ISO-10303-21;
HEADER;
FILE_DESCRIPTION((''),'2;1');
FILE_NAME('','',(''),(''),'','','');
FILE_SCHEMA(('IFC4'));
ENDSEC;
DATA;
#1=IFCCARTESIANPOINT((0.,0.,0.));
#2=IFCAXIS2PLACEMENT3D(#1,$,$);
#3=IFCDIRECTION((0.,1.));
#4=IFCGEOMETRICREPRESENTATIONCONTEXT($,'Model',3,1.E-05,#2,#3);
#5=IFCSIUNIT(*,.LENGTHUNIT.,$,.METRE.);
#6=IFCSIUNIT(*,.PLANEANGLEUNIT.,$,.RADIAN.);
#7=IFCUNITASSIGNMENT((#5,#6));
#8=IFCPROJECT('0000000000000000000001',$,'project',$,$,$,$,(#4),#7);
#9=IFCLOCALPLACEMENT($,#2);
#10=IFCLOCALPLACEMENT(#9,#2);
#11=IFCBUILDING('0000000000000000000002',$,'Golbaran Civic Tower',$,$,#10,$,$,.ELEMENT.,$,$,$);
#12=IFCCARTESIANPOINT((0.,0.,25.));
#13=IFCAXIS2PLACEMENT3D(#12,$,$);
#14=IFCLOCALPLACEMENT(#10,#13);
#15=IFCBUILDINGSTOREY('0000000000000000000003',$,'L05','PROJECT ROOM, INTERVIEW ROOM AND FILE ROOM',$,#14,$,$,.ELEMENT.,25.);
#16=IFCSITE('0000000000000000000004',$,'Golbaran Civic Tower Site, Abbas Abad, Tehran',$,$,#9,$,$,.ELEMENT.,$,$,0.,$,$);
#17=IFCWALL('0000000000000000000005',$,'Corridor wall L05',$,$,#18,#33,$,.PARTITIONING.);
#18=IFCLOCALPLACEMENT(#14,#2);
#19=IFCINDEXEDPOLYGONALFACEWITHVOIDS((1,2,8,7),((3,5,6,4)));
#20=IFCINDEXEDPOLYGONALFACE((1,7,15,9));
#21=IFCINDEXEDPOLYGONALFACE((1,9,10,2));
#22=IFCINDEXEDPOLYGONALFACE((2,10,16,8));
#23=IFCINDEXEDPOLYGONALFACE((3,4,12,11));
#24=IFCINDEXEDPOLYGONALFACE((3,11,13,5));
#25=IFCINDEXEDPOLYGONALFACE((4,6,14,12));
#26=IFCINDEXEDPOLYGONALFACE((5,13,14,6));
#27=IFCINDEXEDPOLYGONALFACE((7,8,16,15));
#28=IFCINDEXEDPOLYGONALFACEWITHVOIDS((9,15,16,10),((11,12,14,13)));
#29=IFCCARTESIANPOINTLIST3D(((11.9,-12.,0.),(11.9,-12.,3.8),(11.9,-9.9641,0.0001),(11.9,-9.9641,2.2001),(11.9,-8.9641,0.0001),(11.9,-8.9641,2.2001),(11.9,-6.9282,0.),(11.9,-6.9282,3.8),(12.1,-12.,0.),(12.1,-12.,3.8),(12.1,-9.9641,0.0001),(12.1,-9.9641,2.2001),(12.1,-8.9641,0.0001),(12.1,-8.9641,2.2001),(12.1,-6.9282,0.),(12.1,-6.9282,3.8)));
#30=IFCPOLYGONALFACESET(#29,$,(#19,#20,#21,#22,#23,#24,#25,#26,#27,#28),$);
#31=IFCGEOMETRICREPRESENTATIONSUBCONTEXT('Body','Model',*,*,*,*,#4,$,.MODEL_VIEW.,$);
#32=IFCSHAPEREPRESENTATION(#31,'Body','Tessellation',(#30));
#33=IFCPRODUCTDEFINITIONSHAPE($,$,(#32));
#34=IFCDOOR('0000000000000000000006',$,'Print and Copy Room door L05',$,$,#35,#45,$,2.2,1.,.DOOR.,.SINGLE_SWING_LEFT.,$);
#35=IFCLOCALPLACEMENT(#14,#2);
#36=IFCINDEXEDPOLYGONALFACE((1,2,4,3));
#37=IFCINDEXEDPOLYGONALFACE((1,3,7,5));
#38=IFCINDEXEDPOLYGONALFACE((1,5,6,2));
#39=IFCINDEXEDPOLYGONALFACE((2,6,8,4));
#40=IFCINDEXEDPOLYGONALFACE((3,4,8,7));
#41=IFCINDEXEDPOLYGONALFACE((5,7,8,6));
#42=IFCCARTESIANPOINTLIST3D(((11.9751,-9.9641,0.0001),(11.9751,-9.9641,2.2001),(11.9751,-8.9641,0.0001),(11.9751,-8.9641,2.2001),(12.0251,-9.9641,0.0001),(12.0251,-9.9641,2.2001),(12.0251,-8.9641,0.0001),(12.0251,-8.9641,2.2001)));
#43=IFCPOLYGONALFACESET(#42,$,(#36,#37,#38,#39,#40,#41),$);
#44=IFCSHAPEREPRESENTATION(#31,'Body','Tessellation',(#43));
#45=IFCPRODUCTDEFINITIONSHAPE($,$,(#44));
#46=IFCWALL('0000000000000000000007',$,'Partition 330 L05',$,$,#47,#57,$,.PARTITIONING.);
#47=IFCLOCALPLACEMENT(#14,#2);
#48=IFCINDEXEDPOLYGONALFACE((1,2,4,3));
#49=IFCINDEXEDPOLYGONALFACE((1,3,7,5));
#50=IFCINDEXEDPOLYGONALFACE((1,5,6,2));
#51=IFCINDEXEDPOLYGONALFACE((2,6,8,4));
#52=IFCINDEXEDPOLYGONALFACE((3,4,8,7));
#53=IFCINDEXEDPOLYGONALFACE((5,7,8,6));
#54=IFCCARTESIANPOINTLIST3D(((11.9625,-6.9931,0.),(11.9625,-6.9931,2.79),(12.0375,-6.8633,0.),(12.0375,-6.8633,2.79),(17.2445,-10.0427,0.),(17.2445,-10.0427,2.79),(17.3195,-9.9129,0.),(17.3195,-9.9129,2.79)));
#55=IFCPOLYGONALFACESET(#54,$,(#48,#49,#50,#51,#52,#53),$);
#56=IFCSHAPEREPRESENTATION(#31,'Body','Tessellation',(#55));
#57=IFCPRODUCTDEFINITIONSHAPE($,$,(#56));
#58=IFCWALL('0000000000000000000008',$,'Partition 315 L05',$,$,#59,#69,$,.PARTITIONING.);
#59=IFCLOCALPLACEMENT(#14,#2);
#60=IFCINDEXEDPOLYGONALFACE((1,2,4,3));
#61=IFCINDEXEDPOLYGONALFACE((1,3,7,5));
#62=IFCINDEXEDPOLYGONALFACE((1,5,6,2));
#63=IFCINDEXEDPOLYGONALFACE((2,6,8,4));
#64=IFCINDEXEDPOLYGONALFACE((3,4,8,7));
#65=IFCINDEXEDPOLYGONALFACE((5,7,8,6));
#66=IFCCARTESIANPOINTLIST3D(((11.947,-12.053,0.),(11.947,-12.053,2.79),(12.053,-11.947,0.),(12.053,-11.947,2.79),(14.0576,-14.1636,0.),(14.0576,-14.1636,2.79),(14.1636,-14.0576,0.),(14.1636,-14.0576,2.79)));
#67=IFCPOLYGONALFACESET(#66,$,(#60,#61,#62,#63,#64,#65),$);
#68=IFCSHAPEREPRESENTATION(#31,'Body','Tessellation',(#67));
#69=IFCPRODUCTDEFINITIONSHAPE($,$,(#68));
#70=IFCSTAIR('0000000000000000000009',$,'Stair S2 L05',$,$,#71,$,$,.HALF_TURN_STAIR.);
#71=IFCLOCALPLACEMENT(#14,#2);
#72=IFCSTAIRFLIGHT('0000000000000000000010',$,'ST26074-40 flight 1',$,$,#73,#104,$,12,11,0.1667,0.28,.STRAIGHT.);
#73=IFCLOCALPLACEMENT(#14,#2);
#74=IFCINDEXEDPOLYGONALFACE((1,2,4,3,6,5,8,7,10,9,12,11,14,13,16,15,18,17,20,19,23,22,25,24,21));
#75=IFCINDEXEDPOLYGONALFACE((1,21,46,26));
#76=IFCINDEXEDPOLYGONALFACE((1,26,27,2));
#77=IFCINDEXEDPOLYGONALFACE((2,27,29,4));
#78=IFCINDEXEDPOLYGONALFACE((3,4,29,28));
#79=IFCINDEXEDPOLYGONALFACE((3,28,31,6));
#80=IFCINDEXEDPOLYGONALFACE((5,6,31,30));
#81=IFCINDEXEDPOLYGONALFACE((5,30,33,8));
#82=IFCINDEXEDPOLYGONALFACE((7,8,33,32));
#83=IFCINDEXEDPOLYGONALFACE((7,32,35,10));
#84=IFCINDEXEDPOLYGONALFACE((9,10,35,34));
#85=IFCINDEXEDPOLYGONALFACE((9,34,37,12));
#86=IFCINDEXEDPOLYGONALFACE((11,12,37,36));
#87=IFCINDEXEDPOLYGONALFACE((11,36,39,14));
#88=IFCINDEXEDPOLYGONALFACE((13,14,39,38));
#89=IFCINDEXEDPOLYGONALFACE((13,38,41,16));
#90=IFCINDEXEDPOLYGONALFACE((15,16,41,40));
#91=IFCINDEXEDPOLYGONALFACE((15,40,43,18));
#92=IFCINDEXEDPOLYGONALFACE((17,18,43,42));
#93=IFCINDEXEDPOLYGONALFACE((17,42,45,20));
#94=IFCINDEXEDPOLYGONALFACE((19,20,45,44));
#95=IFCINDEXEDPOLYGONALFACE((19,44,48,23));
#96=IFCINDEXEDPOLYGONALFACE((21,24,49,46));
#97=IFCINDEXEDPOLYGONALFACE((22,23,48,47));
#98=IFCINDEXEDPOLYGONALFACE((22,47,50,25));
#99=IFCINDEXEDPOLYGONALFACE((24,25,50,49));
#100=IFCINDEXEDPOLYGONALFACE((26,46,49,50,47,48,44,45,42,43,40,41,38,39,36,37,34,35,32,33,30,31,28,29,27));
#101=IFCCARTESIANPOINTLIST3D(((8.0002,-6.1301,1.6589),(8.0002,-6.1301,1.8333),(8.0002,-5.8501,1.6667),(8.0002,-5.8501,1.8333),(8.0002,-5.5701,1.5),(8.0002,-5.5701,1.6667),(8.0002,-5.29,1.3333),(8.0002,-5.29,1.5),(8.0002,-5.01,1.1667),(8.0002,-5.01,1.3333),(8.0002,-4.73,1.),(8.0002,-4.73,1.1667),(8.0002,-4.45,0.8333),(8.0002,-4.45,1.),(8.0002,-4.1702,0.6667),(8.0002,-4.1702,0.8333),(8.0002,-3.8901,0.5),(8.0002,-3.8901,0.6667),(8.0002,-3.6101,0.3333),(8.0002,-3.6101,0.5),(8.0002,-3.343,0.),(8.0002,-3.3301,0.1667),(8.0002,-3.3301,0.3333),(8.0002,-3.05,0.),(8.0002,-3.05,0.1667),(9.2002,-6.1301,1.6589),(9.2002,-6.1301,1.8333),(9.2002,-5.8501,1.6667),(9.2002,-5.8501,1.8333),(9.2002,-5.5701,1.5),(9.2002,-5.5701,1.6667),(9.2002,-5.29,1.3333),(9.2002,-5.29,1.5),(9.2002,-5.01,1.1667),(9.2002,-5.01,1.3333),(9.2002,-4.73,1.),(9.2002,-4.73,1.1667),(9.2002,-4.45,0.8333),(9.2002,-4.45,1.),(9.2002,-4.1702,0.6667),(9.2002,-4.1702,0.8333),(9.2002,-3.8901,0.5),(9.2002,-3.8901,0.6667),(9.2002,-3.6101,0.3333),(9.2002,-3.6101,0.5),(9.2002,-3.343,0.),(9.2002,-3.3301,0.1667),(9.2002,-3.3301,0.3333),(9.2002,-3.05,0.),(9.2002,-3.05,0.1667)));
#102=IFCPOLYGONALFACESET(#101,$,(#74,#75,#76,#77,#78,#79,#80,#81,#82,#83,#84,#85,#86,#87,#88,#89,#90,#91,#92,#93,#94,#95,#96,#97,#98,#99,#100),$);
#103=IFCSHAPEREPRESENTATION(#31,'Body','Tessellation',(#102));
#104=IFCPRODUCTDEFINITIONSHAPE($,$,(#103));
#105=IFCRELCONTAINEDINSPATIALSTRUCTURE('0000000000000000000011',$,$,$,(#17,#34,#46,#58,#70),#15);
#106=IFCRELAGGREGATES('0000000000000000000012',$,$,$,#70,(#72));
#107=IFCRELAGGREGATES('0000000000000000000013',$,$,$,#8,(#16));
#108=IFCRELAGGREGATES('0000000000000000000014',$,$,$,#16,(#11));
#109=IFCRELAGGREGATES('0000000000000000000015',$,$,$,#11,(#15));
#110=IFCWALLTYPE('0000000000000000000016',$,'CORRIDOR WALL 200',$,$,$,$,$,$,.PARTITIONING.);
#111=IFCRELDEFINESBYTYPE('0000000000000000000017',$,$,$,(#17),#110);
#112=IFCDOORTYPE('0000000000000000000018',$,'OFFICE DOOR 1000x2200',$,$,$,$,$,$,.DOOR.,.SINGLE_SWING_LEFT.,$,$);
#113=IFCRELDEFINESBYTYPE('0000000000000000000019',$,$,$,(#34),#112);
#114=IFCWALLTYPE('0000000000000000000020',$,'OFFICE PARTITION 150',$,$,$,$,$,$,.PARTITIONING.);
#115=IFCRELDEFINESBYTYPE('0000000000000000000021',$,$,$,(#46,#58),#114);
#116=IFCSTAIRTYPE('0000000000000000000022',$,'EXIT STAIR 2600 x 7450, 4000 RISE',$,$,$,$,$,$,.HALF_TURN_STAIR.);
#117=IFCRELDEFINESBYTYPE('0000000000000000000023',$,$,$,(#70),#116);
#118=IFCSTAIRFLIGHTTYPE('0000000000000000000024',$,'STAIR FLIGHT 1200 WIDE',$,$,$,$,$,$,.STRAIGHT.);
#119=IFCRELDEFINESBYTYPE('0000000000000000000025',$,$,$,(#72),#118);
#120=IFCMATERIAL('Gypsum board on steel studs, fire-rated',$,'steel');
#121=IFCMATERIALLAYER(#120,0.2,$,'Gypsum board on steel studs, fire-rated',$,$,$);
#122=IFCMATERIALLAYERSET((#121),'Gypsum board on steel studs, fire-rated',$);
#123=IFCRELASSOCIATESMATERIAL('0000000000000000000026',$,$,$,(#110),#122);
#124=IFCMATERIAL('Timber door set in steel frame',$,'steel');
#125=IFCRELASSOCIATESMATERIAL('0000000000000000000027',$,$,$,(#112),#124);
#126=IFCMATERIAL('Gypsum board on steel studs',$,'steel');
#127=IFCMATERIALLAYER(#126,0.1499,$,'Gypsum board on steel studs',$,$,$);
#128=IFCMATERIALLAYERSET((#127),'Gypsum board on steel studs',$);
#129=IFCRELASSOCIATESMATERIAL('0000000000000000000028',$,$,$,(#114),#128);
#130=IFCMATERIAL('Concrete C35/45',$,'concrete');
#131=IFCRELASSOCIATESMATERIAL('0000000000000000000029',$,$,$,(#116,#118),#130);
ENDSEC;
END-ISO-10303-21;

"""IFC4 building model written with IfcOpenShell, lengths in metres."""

from ifc_helpers import new_model, si_unit, direction, frame, frame_2d, origin, place, context, subcontext, project, spatial, polyline, rectangle, outline, extrude, material, layer, layer_set, type_object, element, fill, aggregate, save


model = new_model("IFC4")

# Units and contexts
model_context = context("Model", 3, precision=1e-05, world=origin(), true_north=direction((0.0, 1.0)))
body_context = subcontext(model_context, "Body", "Model", "MODEL_VIEW")
ifc_project = project(units=[si_unit("LENGTHUNIT", "METRE"), si_unit("PLANEANGLEUNIT", "RADIAN")], contexts=[model_context])

# Site, building, storey
site_placement = place(None, origin())
site = spatial("IfcSite", under=ifc_project, at=site_placement, Name="Golbaran Civic Tower Site, Abbas Abad, Tehran", CompositionType="ELEMENT", RefElevation=0.0)
building_placement = place(site_placement, origin())
building = spatial("IfcBuilding", under=site, at=building_placement, Name="Golbaran Civic Tower", CompositionType="ELEMENT")
storey_placement = place(building_placement, frame((0.0, 0.0, 25.0)))
storey = spatial("IfcBuildingStorey", under=building, at=storey_placement, Name="L05", Description="PROJECT ROOM, INTERVIEW ROOM AND FILE ROOM", CompositionType="ELEMENT", Elevation=25.0)

# Shared definitions
ifc_material_1 = material(Name="Timber door set in steel frame", Category="steel")

# Wall, opening, door
ifc_material_2 = material(Name="Gypsum board on steel studs, fire-rated", Category="steel")
ifc_layer_1 = layer(ifc_material_2, 0.2, Name="Gypsum board on steel studs, fire-rated")
ifc_layer_set_1 = layer_set([ifc_layer_1], Name="Gypsum board on steel studs, fire-rated")
wall_type_1 = type_object("IfcWallType", Name="CORRIDOR WALL 200", PredefinedType="PARTITIONING", material=ifc_layer_set_1)
wall_1_placement = place(storey_placement, frame((12.0, -12.0, 0.0), z_axis=(0.0, 0.0, 1.0), x_axis=(0.0, 1.0, 0.0)))
wall_1 = element("IfcWall", 1, at=wall_1_placement, inside=storey, type_object=wall_type_1, Name="Corridor wall L05", PredefinedType="PARTITIONING", context=body_context, shape_type="SweptSolid", body=[
    extrude(rectangle(XDim=5.0718, YDim=0.2, at=frame_2d((2.5359, 0.0))), origin(), (0.0, 0.0, 1.0), 3.8),
])
opening_1_placement = place(wall_1_placement, frame((2.0359, 0.0, 0.0)))
opening_1 = element("IfcOpeningElement", 2, at=opening_1_placement, cuts=wall_1, PredefinedType="OPENING", context=body_context, shape_type="SweptSolid", body=[
    extrude(rectangle(XDim=1.0, YDim=2.2, at=frame_2d((0.5, 1.1001))), frame((0.0, 0.1099, 0.0), z_axis=(0.0, -1.0, 0.0), x_axis=(1.0, 0.0, 0.0)), (0.0, 0.0, 1.0), 0.22),
])
door_type_1 = type_object("IfcDoorType", Name="OFFICE DOOR 1000x2200", OperationType="SINGLE_SWING_LEFT", PredefinedType="DOOR", material=ifc_material_1)
door_1_placement = place(opening_1_placement, origin())
door_1 = element("IfcDoor", 3, at=door_1_placement, inside=storey, type_object=door_type_1, Name="Print and Copy Room door L05", OperationType="SINGLE_SWING_LEFT", OverallHeight=2.2, OverallWidth=1.0, PredefinedType="DOOR", context=body_context, shape_type="SweptSolid", body=[
    extrude(rectangle(XDim=1.0, YDim=2.2, at=frame_2d((0.5, 1.1001))), frame((0.0, 0.0249, 0.0), z_axis=(0.0, -1.0, 0.0), x_axis=(1.0, 0.0, 0.0)), (0.0, 0.0, 1.0), 0.05),
])
fill(opening_1, door_1)

# Walls
ifc_material_3 = material(Name="Gypsum board on steel studs", Category="steel")
ifc_layer_2 = layer(ifc_material_3, 0.1499, Name="Gypsum board on steel studs")
ifc_layer_set_2 = layer_set([ifc_layer_2], Name="Gypsum board on steel studs")
wall_type_2 = type_object("IfcWallType", Name="OFFICE PARTITION 150", PredefinedType="PARTITIONING", material=ifc_layer_set_2)
wall_2_placement = place(storey_placement, frame((12.0, -6.9282, 0.0), z_axis=(0.0, 0.0, 1.0), x_axis=(0.866025, -0.500001, 0.0)))
element("IfcWall", 4, at=wall_2_placement, inside=storey, type_object=wall_type_2, Name="Partition 330 L05", PredefinedType="PARTITIONING", context=body_context, shape_type="SweptSolid", body=[
    extrude(rectangle(XDim=6.0991, YDim=0.1499, at=frame_2d((3.0496, 0.0))), origin(), (0.0, 0.0, 1.0), 2.79),
])
wall_3_placement = place(storey_placement, frame((12.0, -12.0, 0.0), z_axis=(0.0, 0.0, 1.0), x_axis=(0.707107, -0.707107, 0.0)))
element("IfcWall", 5, at=wall_3_placement, inside=storey, type_object=wall_type_2, Name="Partition 315 L05", PredefinedType="PARTITIONING", context=body_context, shape_type="SweptSolid", body=[
    extrude(rectangle(XDim=2.9849, YDim=0.1499, at=frame_2d((1.4924, 0.0))), origin(), (0.0, 0.0, 1.0), 2.79),
])

# Stair, stair flight
ifc_material_4 = material(Name="Concrete C35/45", Category="concrete")
stair_type = type_object("IfcStairType", Name="EXIT STAIR 2600 x 7450, 4000 RISE", PredefinedType="HALF_TURN_STAIR", material=ifc_material_4)
stair_placement = place(storey_placement, origin())
stair = element("IfcStair", 6, at=stair_placement, inside=storey, type_object=stair_type, Name="Stair S2 L05", PredefinedType="HALF_TURN_STAIR")
stair_flight_type = type_object("IfcStairFlightType", Name="STAIR FLIGHT 1200 WIDE", PredefinedType="STRAIGHT", material=ifc_material_4)
stair_flight_placement = place(storey_placement, frame((8.6001, -3.05, 0.0), z_axis=(0.0, 0.0, 1.0), x_axis=(0.0, -1.0, 0.0)))
stair_flight = element("IfcStairFlight", 7, at=stair_flight_placement, type_object=stair_flight_type, Name="ST26074-40 flight 1", NumberOfRisers=12, NumberOfTreads=11, PredefinedType="STRAIGHT", RiserHeight=0.1667, TreadLength=0.28, context=body_context, shape_type="SweptSolid", body=[
    extrude(outline(polyline([(0.0, 0.0), (0.0, 0.1667), (0.28, 0.1667), (0.28, 0.3333), (0.5601, 0.3333), (0.5601, 0.5), (0.8401, 0.5), (0.8401, 0.6667), (1.1201, 0.6667), (1.1201, 0.8333), (1.3999, 0.8333), (1.3999, 1.0), (1.6799, 1.0), (1.6799, 1.1667), (1.96, 1.1667), (1.96, 1.3333), (2.24, 1.3333), (2.24, 1.5), (2.52, 1.5), (2.52, 1.6667), (2.8, 1.6667), (2.8, 1.8333), (3.0801, 1.8333), (3.0801, 2.0), (3.0801, 1.6589), (0.293, 0.0), (0.0, 0.0)])), frame((0.0, 0.6001, 0.0), z_axis=(0.0, -1.0, 0.0), x_axis=(1.0, 0.0, 0.0)), (0.0, 0.0, 1.0), 1.2),
])
aggregate(stair, [stair_flight])

save(model, "model.ifc")
